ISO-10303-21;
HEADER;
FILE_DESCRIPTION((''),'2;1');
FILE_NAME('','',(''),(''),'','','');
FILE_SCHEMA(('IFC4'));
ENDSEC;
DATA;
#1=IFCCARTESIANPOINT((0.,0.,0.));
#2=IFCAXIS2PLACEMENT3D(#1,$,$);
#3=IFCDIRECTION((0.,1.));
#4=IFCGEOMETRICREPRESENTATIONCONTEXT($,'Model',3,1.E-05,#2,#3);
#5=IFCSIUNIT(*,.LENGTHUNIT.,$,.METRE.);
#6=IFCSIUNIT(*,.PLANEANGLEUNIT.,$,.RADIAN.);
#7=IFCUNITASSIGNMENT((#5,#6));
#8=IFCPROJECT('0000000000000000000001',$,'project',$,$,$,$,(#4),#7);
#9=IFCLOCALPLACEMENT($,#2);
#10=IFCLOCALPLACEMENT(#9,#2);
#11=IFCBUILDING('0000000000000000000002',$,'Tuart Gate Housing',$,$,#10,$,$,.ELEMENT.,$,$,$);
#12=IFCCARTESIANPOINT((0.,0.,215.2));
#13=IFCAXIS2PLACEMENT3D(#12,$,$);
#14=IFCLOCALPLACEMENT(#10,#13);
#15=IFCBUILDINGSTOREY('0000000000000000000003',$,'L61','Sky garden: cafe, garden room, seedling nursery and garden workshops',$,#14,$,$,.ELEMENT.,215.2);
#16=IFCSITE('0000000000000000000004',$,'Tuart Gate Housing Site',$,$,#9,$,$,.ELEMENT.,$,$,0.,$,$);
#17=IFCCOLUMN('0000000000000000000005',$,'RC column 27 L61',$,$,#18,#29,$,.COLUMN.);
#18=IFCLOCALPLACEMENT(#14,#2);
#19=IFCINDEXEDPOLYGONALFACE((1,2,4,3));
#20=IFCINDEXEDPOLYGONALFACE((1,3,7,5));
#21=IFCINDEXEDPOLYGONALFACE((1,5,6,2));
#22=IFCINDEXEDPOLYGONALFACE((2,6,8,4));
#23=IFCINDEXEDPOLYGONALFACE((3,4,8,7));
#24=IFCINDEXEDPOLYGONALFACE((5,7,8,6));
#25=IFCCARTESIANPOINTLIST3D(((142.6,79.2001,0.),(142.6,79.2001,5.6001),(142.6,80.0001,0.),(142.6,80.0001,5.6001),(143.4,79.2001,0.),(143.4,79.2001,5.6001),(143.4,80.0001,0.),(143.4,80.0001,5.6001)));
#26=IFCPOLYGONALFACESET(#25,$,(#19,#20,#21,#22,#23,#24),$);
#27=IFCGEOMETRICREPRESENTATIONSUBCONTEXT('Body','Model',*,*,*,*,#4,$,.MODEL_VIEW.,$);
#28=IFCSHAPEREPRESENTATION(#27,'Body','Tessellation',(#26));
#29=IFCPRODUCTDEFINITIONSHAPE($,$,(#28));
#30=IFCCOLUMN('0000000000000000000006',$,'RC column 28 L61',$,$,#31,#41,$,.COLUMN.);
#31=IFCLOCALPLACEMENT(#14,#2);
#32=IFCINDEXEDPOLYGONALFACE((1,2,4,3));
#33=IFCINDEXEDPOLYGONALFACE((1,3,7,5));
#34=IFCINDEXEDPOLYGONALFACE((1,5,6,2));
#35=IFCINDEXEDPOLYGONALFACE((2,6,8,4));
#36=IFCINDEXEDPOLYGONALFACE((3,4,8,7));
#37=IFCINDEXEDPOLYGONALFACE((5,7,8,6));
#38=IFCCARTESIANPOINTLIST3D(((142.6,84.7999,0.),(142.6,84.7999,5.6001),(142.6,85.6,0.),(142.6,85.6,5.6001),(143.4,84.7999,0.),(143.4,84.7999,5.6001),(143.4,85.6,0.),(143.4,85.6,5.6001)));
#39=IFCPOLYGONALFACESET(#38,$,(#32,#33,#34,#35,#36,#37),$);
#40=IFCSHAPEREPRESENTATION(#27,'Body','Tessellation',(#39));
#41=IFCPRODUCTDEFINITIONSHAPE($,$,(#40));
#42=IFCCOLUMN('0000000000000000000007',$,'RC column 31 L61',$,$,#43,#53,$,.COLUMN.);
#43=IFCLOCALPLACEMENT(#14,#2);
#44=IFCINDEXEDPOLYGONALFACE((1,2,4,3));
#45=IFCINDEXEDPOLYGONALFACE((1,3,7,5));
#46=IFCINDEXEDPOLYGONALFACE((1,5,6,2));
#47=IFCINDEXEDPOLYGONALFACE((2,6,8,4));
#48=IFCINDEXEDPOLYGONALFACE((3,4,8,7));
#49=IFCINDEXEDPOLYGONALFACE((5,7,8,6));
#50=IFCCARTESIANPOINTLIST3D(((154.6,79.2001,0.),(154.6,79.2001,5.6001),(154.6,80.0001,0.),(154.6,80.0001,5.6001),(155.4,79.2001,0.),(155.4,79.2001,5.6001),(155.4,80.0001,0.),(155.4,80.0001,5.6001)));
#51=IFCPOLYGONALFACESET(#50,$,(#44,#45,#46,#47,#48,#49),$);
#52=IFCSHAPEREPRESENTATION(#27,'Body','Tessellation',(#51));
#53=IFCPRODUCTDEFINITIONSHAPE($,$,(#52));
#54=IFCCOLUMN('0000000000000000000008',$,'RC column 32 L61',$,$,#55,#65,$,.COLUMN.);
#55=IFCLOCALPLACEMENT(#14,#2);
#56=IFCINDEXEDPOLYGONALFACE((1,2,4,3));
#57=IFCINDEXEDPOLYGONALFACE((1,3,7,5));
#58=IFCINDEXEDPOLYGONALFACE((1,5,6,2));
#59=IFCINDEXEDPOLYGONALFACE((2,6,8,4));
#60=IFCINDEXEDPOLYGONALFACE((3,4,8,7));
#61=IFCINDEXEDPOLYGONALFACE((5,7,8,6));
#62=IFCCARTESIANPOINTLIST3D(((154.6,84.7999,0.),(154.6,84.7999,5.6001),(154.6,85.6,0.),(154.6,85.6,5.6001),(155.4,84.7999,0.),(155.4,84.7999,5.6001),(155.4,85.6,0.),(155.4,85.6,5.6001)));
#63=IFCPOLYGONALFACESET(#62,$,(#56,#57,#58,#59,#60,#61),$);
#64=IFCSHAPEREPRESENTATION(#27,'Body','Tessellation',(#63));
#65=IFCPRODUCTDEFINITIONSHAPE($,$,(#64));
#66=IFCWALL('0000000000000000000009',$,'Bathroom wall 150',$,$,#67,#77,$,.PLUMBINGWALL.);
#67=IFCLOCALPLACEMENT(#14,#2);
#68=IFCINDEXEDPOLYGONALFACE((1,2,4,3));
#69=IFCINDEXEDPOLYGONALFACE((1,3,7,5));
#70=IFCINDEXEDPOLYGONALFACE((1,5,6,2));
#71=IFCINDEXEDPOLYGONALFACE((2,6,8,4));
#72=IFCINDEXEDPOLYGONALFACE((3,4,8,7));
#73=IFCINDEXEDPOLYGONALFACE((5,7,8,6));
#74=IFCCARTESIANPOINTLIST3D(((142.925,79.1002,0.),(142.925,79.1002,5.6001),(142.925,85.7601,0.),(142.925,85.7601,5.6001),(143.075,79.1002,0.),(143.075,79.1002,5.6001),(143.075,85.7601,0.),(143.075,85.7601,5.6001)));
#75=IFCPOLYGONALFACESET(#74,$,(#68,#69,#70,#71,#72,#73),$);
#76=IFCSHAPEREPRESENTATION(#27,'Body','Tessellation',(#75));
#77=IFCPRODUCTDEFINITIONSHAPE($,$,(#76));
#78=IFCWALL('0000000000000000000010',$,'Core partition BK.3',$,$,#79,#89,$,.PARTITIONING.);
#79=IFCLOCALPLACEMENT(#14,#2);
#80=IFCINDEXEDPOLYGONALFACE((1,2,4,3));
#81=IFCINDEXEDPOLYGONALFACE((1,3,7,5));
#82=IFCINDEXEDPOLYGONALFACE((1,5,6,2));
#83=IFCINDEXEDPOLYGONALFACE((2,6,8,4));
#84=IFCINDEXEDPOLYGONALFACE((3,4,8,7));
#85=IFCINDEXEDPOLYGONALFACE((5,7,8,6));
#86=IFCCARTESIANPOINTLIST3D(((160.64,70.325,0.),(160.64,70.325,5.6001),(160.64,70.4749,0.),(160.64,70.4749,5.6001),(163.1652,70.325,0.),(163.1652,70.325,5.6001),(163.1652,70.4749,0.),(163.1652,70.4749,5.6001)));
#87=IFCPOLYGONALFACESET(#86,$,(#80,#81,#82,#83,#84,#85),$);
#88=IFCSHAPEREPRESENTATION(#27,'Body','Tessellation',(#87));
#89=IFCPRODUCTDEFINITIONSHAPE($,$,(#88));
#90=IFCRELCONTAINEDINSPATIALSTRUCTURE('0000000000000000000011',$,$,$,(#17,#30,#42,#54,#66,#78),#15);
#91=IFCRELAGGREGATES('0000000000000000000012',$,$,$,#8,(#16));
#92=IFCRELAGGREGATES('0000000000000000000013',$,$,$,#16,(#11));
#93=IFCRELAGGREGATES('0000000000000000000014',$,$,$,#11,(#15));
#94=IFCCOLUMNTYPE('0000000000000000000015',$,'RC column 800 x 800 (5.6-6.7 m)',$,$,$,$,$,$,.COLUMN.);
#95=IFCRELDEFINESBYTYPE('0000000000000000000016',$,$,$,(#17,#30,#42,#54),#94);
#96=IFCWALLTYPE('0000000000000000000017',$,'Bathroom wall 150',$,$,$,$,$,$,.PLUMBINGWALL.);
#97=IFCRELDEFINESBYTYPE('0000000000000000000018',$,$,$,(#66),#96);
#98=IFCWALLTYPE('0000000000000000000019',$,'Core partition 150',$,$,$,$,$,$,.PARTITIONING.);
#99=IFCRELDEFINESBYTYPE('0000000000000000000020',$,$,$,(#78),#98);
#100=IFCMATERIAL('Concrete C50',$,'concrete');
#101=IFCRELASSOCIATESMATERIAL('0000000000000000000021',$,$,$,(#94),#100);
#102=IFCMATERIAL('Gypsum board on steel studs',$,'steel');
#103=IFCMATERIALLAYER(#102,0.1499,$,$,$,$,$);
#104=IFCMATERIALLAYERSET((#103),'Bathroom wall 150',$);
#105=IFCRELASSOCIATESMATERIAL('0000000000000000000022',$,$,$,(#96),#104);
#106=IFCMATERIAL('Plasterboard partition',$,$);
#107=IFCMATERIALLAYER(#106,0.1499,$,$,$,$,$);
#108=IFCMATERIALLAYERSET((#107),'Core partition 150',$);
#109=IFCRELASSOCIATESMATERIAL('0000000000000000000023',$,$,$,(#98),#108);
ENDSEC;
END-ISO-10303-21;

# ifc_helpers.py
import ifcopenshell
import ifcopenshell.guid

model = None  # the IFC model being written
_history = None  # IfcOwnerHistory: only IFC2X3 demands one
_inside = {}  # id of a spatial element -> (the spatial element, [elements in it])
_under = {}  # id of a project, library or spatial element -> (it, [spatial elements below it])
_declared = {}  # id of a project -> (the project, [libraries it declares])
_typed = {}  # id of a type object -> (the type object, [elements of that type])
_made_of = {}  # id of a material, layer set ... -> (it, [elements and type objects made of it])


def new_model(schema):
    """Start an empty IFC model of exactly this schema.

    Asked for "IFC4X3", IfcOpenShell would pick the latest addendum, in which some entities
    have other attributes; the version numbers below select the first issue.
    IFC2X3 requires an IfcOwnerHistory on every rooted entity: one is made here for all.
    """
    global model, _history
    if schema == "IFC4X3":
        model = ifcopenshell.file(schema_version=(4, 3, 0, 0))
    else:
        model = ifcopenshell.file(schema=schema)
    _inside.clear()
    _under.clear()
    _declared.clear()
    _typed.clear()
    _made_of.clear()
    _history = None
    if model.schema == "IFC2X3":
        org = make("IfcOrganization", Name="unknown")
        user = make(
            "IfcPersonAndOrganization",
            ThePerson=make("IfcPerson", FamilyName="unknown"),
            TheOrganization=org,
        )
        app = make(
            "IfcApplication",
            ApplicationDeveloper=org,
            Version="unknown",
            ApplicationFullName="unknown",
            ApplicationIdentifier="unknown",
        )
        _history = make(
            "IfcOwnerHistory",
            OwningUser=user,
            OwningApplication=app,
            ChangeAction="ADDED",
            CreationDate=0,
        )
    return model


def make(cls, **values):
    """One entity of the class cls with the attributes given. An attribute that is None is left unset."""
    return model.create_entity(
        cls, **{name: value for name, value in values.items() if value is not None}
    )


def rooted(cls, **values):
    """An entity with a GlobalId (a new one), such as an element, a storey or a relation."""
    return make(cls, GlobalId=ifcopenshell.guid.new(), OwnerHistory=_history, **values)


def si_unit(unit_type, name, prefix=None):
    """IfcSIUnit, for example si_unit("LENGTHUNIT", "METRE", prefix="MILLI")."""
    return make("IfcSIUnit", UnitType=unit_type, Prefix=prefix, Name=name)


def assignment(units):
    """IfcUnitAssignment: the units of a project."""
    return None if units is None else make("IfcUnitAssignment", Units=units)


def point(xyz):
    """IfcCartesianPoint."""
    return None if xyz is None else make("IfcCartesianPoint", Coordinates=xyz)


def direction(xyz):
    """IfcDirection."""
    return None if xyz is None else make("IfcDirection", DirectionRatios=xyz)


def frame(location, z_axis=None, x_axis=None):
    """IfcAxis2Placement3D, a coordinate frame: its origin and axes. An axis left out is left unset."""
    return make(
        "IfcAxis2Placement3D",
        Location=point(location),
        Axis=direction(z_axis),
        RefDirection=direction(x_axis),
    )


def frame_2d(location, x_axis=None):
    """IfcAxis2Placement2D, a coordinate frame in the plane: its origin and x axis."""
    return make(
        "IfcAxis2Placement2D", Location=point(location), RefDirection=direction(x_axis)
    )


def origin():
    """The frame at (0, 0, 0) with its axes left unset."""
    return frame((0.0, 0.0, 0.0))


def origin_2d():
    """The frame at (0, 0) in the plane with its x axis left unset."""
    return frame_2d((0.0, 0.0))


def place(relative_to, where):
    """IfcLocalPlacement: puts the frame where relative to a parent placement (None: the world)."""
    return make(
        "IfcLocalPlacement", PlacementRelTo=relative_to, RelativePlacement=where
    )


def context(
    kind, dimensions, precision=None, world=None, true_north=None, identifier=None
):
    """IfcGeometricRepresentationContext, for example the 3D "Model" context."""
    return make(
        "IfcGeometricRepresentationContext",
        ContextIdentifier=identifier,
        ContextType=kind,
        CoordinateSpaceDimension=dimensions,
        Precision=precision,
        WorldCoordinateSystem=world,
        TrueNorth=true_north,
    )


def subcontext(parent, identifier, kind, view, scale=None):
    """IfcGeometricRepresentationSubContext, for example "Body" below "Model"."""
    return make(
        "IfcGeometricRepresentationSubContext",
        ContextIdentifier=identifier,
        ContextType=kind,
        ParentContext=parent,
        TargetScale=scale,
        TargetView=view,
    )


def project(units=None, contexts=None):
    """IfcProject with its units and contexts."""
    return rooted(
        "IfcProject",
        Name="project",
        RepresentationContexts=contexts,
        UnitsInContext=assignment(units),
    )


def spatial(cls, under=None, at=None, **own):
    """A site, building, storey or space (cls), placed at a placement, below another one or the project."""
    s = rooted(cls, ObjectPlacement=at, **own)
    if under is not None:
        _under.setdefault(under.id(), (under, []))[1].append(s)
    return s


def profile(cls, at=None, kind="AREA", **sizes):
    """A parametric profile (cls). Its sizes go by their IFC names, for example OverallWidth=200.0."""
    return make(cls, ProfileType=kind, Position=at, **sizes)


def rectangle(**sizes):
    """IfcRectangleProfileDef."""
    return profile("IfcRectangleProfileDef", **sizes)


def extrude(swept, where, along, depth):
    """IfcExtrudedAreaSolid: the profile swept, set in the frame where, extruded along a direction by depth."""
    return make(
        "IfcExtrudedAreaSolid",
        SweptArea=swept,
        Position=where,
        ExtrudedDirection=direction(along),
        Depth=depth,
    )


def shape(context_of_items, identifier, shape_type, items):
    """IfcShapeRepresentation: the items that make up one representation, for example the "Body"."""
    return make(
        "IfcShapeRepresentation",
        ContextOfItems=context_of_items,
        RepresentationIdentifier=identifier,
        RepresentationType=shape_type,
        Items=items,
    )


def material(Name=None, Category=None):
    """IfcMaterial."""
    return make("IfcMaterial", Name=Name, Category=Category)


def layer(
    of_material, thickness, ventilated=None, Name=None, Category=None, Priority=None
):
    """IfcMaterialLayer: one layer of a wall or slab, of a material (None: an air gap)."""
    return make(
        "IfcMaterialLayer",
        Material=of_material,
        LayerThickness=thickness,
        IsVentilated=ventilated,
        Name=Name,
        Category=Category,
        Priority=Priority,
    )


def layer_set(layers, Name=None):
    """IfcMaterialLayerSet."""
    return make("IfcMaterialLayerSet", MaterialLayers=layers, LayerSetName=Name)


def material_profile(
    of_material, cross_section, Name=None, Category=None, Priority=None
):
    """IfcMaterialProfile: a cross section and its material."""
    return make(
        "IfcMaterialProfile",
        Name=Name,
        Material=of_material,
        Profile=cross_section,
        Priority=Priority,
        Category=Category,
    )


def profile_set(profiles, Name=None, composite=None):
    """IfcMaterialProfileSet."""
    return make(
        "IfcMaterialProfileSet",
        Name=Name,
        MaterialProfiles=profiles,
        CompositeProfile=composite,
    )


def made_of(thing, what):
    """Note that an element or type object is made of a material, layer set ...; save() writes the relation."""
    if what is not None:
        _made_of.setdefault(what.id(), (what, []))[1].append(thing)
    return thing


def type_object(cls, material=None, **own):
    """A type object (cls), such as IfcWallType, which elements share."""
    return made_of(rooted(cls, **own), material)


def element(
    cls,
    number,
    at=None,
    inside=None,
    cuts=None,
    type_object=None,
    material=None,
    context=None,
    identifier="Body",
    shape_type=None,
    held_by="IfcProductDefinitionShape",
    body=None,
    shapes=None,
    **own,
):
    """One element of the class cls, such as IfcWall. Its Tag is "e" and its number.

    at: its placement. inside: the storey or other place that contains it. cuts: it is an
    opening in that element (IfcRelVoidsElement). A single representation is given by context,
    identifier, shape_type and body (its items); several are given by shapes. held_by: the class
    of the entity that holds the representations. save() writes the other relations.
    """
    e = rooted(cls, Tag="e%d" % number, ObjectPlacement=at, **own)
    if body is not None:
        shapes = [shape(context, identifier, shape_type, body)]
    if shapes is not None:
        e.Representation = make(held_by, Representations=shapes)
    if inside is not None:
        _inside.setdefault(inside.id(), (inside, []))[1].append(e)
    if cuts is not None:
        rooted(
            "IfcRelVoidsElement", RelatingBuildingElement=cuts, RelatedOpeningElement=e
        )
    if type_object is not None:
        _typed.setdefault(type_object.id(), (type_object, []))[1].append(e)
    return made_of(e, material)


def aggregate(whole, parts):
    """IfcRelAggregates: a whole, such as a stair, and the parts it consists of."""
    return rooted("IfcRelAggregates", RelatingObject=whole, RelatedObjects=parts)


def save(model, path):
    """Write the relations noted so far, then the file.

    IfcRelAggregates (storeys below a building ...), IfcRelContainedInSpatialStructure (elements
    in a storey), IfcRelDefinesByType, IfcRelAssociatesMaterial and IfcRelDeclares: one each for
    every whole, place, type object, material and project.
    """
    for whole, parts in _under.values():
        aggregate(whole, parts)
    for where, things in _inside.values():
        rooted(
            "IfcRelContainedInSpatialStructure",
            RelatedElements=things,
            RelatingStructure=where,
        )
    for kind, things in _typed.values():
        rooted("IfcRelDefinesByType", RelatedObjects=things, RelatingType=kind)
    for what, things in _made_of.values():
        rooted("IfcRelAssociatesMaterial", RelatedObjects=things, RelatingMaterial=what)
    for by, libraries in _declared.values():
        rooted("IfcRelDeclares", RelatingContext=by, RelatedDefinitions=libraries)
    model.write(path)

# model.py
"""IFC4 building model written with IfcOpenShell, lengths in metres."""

from ifc_helpers import new_model, si_unit, direction, frame, frame_2d, origin, origin_2d, place, context, subcontext, project, spatial, rectangle, extrude, material, layer, layer_set, material_profile, profile_set, type_object, element, save


model = new_model("IFC4")

# Units and contexts
model_context = context("Model", 3, precision=1e-05, world=origin(), true_north=direction((0.0, 1.0)))
body_context = subcontext(model_context, "Body", "Model", "MODEL_VIEW")
ifc_project = project(units=[si_unit("LENGTHUNIT", "METRE"), si_unit("PLANEANGLEUNIT", "RADIAN")], contexts=[model_context])

# Site, building, storey
site_placement = place(None, origin())
site = spatial("IfcSite", under=ifc_project, at=site_placement, Name="Tuart Gate Housing Site", CompositionType="ELEMENT", RefElevation=0.0)
building_placement = place(site_placement, origin())
building = spatial("IfcBuilding", under=site, at=building_placement, Name="Tuart Gate Housing", CompositionType="ELEMENT")
storey_placement = place(building_placement, frame((0.0, 0.0, 215.2)))
storey = spatial("IfcBuildingStorey", under=building, at=storey_placement, Name="L61", Description="Sky garden: cafe, garden room, seedling nursery and garden workshops", CompositionType="ELEMENT", Elevation=215.2)

# Columns
ifc_material_1 = material(Name="Concrete C50", Category="concrete")
ifc_material_profile = material_profile(ifc_material_1, rectangle(XDim=0.8, YDim=0.8, at=origin_2d()), Name="RC column 800 x 800 (5.6-6.7 m)")
ifc_profile_set = profile_set([ifc_material_profile], Name="Concrete C50")
column_type = type_object("IfcColumnType", Name="RC column 800 x 800 (5.6-6.7 m)", PredefinedType="COLUMN", material=ifc_profile_set)
for number, where, z_axis, x_axis, name in (
    (1, (143.0, 79.6001, 0.0), (0.0, 0.0, 1.0), (1.0, 0.0, 0.0), "RC column 27 L61"),
    (2, (143.0, 85.2, 0.0), (0.0, 0.0, 1.0), (1.0, 0.0, 0.0), "RC column 28 L61"),
    (3, (155.0, 79.6001, 0.0), (0.0, 0.0, 1.0), (1.0, 0.0, 0.0), "RC column 31 L61"),
    (4, (155.0, 85.2, 0.0), (0.0, 0.0, 1.0), (1.0, 0.0, 0.0), "RC column 32 L61"),
):
    element("IfcColumn", number, at=place(storey_placement, frame(where, z_axis=z_axis, x_axis=x_axis)), inside=storey, type_object=column_type, Name=name, PredefinedType="COLUMN", context=body_context, shape_type="SweptSolid", body=[
        extrude(rectangle(XDim=0.8, YDim=0.8, at=origin_2d()), origin(), (0.0, 0.0, 1.0), 5.6001),
    ])

# Walls
ifc_material_2 = material(Name="Gypsum board on steel studs", Category="steel")
ifc_layer_1 = layer(ifc_material_2, 0.1499)
ifc_layer_set_1 = layer_set([ifc_layer_1], Name="Bathroom wall 150")
wall_type_1 = type_object("IfcWallType", Name="Bathroom wall 150", PredefinedType="PLUMBINGWALL", material=ifc_layer_set_1)
wall_1_placement = place(storey_placement, frame((143.0, 79.1001, 0.0), z_axis=(0.0, 0.0, 1.0), x_axis=(0.0, 1.0, 0.0)))
element("IfcWall", 5, at=wall_1_placement, inside=storey, type_object=wall_type_1, Name="Bathroom wall 150", PredefinedType="PLUMBINGWALL", context=body_context, shape_type="SweptSolid", body=[
    extrude(rectangle(XDim=6.6599, YDim=0.1499, at=frame_2d((3.3301, 0.0))), origin(), (0.0, 0.0, 1.0), 5.6001),
])
ifc_material_3 = material(Name="Plasterboard partition")
ifc_layer_2 = layer(ifc_material_3, 0.1499)
ifc_layer_set_2 = layer_set([ifc_layer_2], Name="Core partition 150")
wall_type_2 = type_object("IfcWallType", Name="Core partition 150", PredefinedType="PARTITIONING", material=ifc_layer_set_2)
wall_2_placement = place(storey_placement, frame((160.6399, 70.3999, 0.0), z_axis=(0.0, 0.0, 1.0), x_axis=(1.0, 0.0, 0.0)))
element("IfcWall", 6, at=wall_2_placement, inside=storey, type_object=wall_type_2, Name="Core partition BK.3", PredefinedType="PARTITIONING", context=body_context, shape_type="SweptSolid", body=[
    extrude(rectangle(XDim=2.5251, YDim=0.1499, at=frame_2d((1.2627, 0.0))), origin(), (0.0, 0.0, 1.0), 5.6001),
])

save(model, "model.ifc")
